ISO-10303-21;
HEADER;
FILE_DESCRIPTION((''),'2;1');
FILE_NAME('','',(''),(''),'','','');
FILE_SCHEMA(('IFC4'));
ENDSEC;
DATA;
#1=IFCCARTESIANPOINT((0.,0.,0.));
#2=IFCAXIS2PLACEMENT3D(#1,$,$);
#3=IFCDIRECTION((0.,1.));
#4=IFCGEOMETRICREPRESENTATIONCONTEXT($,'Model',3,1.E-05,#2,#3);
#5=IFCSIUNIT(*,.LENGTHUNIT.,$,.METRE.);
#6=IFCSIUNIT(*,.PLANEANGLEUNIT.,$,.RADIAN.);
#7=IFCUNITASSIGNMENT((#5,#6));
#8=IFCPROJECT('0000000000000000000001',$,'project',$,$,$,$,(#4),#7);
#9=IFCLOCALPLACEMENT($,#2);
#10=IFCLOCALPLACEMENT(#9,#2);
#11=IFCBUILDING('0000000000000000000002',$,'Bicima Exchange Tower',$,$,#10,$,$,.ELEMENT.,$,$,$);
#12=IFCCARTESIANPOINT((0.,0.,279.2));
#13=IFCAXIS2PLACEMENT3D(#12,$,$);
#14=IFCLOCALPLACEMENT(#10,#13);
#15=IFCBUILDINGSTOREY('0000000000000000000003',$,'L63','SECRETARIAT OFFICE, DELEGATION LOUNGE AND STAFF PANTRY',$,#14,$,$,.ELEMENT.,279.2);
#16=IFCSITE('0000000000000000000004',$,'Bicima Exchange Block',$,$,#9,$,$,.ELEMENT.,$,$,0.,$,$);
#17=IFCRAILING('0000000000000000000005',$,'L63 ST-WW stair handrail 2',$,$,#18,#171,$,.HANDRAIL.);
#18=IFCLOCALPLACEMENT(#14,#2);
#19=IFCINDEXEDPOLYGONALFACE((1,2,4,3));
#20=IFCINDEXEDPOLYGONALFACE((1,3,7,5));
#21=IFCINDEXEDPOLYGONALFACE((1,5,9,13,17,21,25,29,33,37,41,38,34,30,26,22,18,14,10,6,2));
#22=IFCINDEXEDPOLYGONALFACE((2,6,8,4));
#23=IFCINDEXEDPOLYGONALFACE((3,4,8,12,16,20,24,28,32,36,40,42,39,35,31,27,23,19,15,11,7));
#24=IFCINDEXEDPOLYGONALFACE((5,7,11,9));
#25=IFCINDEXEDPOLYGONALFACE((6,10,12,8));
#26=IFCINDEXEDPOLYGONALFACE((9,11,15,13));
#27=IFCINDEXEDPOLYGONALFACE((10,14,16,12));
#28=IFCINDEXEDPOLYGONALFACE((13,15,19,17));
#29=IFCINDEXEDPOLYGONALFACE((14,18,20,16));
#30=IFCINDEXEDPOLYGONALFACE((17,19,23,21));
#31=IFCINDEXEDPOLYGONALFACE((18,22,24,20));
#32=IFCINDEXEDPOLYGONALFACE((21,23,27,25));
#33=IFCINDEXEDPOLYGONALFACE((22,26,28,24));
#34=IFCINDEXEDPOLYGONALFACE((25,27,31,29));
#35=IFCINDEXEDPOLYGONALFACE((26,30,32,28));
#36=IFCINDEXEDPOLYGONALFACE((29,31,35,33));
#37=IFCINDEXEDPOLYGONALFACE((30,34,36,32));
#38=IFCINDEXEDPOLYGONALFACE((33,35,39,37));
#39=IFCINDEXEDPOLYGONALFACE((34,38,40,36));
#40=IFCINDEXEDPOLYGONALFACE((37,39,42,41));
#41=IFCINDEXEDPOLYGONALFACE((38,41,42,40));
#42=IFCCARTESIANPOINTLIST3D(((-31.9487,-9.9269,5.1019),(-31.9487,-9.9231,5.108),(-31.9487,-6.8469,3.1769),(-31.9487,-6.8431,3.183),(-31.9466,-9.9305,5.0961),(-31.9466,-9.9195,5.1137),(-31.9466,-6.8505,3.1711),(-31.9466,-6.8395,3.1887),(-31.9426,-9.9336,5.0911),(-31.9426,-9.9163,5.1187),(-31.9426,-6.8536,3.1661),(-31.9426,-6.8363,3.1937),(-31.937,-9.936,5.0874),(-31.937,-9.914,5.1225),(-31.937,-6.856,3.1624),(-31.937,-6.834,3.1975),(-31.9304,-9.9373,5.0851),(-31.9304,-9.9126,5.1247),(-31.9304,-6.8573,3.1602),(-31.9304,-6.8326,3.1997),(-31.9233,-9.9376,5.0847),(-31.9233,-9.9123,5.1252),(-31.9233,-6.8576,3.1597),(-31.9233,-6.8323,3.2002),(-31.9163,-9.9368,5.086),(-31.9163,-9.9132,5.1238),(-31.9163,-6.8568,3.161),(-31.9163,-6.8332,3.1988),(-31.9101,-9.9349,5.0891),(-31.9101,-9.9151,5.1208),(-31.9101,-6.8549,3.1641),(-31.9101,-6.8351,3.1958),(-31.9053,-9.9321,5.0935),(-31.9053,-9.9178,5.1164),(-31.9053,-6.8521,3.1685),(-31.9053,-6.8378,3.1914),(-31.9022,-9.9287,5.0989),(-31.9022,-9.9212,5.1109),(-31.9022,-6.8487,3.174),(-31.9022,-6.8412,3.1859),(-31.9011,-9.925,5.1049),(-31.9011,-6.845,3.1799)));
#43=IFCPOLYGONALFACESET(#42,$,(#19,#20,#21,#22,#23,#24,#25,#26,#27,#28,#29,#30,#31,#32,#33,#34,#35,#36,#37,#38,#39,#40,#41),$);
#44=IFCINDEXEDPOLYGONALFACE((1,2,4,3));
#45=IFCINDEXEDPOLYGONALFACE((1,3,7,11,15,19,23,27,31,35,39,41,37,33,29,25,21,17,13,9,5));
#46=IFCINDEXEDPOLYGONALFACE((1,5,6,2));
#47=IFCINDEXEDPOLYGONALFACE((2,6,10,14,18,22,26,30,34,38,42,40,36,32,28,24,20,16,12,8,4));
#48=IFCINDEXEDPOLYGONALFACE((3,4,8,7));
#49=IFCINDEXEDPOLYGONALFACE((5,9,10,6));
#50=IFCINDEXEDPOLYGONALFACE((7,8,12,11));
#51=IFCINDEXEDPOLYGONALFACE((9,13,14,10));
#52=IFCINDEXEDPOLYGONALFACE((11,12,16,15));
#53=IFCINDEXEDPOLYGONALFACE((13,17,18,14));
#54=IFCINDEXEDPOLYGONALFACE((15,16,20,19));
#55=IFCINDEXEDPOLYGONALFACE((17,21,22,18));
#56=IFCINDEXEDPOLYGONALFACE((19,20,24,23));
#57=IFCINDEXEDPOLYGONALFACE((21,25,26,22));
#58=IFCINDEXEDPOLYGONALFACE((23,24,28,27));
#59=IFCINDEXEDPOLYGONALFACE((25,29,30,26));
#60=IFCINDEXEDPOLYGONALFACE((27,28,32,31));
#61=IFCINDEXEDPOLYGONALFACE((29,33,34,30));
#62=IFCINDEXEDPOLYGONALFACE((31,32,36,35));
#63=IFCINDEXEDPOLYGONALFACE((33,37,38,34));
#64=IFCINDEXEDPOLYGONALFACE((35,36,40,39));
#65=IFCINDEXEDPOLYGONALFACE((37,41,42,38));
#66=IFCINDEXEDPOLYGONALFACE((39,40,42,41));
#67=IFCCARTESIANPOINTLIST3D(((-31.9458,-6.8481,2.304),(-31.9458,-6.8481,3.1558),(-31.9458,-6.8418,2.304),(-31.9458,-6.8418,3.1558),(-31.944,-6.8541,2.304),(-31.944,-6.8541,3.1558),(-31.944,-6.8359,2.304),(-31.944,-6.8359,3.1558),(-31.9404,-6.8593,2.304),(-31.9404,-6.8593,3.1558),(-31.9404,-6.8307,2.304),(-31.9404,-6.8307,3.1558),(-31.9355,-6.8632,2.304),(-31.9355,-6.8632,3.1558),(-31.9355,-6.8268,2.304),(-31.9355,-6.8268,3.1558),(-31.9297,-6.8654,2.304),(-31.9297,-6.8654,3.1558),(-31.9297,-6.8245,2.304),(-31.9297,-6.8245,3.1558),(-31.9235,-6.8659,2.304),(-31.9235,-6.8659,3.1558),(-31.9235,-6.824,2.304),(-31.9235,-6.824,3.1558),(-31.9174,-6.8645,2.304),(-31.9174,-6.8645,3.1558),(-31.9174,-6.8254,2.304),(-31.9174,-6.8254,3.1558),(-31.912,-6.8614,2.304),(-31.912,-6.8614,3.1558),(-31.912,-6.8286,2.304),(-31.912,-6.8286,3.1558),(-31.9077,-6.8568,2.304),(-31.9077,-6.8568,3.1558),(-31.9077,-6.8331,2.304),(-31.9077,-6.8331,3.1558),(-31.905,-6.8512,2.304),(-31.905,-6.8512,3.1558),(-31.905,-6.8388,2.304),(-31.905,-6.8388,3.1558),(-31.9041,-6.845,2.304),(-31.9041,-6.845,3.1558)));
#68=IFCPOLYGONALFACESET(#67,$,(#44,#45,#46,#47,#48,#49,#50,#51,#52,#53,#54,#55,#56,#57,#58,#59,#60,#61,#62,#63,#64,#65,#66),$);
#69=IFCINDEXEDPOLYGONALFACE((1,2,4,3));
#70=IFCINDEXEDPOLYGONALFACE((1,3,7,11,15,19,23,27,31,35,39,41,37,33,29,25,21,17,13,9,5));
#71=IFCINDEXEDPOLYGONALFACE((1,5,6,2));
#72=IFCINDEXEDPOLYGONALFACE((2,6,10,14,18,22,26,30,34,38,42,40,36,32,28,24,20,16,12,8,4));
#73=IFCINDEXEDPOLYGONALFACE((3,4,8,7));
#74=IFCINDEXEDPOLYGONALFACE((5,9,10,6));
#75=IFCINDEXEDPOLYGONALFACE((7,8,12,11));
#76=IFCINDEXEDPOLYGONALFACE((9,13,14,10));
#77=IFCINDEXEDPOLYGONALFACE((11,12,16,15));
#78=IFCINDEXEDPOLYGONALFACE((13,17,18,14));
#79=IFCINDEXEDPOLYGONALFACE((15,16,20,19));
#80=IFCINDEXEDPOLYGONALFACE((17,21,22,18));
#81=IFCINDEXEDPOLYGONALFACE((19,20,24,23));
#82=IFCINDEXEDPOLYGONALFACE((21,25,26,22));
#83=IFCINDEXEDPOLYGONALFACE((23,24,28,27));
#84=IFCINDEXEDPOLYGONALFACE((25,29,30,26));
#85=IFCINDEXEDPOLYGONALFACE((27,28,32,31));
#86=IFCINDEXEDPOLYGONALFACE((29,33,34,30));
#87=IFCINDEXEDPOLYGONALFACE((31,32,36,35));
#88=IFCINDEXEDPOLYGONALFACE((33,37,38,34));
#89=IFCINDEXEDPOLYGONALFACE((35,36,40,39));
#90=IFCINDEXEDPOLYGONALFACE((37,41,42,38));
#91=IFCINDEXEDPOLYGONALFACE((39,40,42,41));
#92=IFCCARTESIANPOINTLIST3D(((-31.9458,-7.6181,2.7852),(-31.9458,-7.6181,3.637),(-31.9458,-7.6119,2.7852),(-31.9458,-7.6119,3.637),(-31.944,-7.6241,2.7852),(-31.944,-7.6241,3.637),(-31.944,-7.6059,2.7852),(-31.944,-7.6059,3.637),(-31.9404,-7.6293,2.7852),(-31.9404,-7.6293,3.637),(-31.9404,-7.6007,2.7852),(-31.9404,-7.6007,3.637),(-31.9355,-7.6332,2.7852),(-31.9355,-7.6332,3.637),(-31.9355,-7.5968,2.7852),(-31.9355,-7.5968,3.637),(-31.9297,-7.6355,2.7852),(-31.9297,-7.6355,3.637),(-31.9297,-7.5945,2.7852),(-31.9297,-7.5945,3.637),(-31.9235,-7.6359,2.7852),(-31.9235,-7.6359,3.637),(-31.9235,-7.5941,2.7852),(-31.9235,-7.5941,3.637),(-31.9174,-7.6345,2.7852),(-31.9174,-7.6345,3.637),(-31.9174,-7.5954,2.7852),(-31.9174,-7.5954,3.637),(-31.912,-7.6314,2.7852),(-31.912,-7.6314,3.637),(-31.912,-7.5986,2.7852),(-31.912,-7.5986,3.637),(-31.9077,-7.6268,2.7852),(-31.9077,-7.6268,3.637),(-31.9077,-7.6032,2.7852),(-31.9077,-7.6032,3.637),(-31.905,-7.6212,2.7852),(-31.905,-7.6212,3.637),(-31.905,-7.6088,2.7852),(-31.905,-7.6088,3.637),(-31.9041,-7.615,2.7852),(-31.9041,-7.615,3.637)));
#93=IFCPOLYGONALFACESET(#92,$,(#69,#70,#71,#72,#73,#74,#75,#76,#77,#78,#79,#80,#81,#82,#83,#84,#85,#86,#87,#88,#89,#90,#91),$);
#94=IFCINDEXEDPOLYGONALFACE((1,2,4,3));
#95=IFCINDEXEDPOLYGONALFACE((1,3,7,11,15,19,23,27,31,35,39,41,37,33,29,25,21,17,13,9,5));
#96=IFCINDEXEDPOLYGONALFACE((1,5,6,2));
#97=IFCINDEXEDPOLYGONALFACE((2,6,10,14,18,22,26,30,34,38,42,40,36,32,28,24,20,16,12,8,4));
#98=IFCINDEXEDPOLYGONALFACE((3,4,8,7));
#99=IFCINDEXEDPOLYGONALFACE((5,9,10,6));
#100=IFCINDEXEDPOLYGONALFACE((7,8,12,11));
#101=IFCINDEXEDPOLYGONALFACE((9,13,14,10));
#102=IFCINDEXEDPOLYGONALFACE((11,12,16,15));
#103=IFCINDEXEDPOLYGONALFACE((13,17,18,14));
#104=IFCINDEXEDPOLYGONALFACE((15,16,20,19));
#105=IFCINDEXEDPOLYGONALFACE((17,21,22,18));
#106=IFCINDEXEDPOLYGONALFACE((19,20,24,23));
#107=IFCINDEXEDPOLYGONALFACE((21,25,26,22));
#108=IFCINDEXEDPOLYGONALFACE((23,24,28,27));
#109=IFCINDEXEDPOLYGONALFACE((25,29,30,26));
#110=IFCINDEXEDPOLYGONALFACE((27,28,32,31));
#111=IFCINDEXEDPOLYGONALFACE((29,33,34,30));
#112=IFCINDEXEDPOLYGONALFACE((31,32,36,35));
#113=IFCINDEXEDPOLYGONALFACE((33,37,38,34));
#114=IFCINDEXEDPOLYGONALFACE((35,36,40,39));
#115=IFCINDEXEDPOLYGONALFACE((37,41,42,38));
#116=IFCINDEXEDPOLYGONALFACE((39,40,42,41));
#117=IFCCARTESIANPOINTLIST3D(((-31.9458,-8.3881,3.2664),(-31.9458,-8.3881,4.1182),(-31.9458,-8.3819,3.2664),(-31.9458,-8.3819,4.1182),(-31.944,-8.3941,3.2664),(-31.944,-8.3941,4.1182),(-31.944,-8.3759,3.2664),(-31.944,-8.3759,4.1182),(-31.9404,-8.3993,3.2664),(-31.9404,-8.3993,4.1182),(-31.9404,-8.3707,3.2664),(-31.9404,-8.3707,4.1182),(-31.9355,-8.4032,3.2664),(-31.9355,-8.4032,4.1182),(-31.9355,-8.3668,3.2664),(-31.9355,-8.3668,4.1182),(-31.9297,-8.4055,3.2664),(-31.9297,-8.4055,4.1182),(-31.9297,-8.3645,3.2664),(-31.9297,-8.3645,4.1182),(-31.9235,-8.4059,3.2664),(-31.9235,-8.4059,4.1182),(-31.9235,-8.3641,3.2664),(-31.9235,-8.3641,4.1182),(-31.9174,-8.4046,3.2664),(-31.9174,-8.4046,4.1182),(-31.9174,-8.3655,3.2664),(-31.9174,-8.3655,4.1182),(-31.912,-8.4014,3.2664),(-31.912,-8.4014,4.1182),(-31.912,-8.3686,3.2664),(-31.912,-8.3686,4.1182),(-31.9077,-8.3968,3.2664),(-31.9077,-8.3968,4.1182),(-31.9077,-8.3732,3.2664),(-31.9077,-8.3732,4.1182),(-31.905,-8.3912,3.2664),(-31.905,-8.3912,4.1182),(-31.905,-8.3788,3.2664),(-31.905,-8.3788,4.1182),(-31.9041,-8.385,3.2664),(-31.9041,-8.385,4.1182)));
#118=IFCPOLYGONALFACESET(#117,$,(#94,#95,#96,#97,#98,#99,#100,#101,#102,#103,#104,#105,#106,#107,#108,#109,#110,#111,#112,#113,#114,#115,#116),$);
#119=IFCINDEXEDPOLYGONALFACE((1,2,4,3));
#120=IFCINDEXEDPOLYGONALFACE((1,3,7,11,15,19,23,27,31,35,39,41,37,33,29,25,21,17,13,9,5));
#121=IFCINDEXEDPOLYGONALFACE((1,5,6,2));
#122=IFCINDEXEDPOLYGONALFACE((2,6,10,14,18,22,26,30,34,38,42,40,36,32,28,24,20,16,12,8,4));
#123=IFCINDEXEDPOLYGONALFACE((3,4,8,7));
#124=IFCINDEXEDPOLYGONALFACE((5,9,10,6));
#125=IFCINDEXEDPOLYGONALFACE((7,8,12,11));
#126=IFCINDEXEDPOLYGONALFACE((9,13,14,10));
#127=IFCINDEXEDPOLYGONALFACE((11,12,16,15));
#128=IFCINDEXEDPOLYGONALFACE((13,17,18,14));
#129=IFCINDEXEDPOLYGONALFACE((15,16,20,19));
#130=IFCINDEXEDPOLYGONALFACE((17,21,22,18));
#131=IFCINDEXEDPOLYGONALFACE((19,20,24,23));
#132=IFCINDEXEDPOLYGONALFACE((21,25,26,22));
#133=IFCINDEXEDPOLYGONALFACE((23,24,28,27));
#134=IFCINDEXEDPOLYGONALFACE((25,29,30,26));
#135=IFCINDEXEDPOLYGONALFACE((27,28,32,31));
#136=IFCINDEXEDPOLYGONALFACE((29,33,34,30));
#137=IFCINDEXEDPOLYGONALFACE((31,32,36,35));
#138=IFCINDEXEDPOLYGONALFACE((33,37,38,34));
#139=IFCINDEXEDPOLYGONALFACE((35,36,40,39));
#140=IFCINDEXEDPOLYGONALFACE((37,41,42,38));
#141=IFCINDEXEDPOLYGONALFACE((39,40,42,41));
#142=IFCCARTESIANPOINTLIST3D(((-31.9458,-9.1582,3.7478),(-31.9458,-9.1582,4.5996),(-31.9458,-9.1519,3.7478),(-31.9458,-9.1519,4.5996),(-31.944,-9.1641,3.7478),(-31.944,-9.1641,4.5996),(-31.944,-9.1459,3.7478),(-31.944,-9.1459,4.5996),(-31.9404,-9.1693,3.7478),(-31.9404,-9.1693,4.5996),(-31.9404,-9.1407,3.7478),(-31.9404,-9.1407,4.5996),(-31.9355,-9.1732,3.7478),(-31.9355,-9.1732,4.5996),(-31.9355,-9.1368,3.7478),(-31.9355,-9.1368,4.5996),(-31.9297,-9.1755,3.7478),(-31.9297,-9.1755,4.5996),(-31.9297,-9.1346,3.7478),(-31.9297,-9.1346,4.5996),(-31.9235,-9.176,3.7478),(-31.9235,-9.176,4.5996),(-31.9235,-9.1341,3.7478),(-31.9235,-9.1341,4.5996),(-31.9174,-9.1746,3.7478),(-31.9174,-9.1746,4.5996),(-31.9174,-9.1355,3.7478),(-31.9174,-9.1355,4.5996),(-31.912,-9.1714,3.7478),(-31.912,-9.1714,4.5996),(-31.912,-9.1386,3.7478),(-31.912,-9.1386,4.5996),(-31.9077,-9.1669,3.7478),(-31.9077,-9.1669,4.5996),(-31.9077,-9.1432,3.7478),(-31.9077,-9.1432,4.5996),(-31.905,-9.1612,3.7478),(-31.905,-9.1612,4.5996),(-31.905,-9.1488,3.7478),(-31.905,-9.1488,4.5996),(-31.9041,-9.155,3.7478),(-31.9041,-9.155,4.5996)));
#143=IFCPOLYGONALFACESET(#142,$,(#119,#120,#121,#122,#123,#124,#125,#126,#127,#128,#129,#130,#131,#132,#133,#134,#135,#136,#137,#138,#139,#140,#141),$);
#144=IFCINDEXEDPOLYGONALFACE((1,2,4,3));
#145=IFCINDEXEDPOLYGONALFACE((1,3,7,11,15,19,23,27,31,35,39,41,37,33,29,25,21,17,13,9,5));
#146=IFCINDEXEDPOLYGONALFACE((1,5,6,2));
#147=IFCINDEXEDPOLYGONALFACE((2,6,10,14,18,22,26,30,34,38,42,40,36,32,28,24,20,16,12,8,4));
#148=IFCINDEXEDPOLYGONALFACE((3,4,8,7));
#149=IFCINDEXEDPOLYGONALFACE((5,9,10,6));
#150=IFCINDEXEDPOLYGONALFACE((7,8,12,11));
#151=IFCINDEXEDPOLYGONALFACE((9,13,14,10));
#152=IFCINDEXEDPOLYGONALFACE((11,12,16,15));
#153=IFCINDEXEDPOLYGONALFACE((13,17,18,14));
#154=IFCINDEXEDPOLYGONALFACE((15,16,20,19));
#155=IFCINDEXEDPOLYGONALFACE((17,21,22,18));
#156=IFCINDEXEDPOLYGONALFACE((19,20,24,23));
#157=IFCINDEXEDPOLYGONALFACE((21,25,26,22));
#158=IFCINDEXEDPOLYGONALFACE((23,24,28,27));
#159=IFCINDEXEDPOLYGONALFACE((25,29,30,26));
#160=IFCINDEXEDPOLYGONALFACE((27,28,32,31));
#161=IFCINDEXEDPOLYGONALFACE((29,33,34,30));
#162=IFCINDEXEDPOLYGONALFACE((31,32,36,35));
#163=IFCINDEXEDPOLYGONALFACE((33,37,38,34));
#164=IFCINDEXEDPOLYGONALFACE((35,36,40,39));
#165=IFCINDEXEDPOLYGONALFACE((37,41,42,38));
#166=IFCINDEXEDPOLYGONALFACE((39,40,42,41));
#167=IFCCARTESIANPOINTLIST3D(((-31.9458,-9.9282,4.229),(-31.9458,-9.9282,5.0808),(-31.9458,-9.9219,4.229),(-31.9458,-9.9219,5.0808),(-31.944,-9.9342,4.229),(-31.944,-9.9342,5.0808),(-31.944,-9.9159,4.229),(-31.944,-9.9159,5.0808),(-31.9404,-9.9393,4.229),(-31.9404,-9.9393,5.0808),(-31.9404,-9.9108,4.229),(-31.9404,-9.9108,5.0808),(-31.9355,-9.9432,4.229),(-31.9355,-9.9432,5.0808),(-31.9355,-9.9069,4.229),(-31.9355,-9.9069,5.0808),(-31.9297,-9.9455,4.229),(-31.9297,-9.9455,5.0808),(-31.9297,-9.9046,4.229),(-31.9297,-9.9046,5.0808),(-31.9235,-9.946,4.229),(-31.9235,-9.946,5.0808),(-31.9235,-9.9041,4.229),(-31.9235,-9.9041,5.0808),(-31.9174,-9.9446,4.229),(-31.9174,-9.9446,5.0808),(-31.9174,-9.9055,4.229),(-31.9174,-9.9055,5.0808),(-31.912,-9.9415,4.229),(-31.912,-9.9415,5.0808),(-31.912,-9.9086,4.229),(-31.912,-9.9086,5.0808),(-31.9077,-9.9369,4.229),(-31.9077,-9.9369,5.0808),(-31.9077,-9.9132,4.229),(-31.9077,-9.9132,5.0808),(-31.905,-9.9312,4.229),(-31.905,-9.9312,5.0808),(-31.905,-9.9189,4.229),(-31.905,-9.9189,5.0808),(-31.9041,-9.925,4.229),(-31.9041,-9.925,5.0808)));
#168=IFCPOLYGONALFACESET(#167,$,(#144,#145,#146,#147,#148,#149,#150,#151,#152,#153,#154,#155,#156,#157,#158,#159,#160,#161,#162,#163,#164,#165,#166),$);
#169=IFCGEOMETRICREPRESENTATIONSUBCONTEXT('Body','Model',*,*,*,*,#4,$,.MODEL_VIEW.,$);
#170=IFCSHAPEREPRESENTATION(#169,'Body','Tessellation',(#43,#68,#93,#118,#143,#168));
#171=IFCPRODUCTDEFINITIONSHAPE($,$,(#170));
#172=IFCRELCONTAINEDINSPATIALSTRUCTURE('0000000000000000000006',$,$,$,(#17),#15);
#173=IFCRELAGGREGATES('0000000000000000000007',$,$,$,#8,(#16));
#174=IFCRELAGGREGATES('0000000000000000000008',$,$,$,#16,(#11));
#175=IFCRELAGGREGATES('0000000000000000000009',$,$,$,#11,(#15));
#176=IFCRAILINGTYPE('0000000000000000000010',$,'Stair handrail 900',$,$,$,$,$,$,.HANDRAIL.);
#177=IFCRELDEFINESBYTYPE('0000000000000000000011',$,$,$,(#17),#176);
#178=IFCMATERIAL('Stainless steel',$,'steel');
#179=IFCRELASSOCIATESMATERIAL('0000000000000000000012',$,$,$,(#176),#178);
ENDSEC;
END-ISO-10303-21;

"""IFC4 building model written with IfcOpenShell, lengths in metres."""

from ifc_helpers import new_model, si_unit, direction, frame, origin, origin_2d, place, context, subcontext, project, spatial, circle, extrude, material, type_object, element, save


model = new_model("IFC4")

# Units and contexts
model_context = context("Model", 3, precision=1e-05, world=origin(), true_north=direction((0.0, 1.0)))
body_context = subcontext(model_context, "Body", "Model", "MODEL_VIEW")
ifc_project = project(units=[si_unit("LENGTHUNIT", "METRE"), si_unit("PLANEANGLEUNIT", "RADIAN")], contexts=[model_context])

# Site, building, storey
site_placement = place(None, origin())
site = spatial("IfcSite", under=ifc_project, at=site_placement, Name="Bicima Exchange Block", CompositionType="ELEMENT", RefElevation=0.0)
building_placement = place(site_placement, origin())
building = spatial("IfcBuilding", under=site, at=building_placement, Name="Bicima Exchange Tower", CompositionType="ELEMENT")
storey_placement = place(building_placement, frame((0.0, 0.0, 279.2)))
storey = spatial("IfcBuildingStorey", under=building, at=storey_placement, Name="L63", Description="SECRETARIAT OFFICE, DELEGATION LOUNGE AND STAFF PANTRY", CompositionType="ELEMENT", Elevation=279.2)

# Railing
ifc_material_1 = material(Name="Stainless steel", Category="steel")
railing_type_1 = type_object("IfcRailingType", Name="Stair handrail 900", PredefinedType="HANDRAIL", material=ifc_material_1)
railing_1_placement = place(storey_placement, frame((-31.925, -6.845, 2.304)))
element("IfcRailing", 1, at=railing_1_placement, inside=storey, type_object=railing_type_1, Name="L63 ST-WW stair handrail 2", PredefinedType="HANDRAIL", context=body_context, shape_type="SweptSolid", body=[
    extrude(circle(Radius=0.0239, at=origin_2d()), frame((0.0, 0.0, 0.876), z_axis=(0.0, -0.847998, 0.529999), x_axis=(1.0, 0.0, 0.0)), (0.0, 0.0, 1.0), 3.6321),
    extrude(circle(Radius=0.021, at=origin_2d()), origin(), (0.0, 0.0, 1.0), 0.8518),
    extrude(circle(Radius=0.021, at=origin_2d()), frame((0.0, -0.77, 0.4812)), (0.0, 0.0, 1.0), 0.8518),
    extrude(circle(Radius=0.021, at=origin_2d()), frame((0.0, -1.54, 0.9624)), (0.0, 0.0, 1.0), 0.8518),
    extrude(circle(Radius=0.021, at=origin_2d()), frame((0.0, -2.3101, 1.4438)), (0.0, 0.0, 1.0), 0.8518),
    extrude(circle(Radius=0.021, at=origin_2d()), frame((0.0, -3.0801, 1.925)), (0.0, 0.0, 1.0), 0.8518),
])

save(model, "model.ifc")
